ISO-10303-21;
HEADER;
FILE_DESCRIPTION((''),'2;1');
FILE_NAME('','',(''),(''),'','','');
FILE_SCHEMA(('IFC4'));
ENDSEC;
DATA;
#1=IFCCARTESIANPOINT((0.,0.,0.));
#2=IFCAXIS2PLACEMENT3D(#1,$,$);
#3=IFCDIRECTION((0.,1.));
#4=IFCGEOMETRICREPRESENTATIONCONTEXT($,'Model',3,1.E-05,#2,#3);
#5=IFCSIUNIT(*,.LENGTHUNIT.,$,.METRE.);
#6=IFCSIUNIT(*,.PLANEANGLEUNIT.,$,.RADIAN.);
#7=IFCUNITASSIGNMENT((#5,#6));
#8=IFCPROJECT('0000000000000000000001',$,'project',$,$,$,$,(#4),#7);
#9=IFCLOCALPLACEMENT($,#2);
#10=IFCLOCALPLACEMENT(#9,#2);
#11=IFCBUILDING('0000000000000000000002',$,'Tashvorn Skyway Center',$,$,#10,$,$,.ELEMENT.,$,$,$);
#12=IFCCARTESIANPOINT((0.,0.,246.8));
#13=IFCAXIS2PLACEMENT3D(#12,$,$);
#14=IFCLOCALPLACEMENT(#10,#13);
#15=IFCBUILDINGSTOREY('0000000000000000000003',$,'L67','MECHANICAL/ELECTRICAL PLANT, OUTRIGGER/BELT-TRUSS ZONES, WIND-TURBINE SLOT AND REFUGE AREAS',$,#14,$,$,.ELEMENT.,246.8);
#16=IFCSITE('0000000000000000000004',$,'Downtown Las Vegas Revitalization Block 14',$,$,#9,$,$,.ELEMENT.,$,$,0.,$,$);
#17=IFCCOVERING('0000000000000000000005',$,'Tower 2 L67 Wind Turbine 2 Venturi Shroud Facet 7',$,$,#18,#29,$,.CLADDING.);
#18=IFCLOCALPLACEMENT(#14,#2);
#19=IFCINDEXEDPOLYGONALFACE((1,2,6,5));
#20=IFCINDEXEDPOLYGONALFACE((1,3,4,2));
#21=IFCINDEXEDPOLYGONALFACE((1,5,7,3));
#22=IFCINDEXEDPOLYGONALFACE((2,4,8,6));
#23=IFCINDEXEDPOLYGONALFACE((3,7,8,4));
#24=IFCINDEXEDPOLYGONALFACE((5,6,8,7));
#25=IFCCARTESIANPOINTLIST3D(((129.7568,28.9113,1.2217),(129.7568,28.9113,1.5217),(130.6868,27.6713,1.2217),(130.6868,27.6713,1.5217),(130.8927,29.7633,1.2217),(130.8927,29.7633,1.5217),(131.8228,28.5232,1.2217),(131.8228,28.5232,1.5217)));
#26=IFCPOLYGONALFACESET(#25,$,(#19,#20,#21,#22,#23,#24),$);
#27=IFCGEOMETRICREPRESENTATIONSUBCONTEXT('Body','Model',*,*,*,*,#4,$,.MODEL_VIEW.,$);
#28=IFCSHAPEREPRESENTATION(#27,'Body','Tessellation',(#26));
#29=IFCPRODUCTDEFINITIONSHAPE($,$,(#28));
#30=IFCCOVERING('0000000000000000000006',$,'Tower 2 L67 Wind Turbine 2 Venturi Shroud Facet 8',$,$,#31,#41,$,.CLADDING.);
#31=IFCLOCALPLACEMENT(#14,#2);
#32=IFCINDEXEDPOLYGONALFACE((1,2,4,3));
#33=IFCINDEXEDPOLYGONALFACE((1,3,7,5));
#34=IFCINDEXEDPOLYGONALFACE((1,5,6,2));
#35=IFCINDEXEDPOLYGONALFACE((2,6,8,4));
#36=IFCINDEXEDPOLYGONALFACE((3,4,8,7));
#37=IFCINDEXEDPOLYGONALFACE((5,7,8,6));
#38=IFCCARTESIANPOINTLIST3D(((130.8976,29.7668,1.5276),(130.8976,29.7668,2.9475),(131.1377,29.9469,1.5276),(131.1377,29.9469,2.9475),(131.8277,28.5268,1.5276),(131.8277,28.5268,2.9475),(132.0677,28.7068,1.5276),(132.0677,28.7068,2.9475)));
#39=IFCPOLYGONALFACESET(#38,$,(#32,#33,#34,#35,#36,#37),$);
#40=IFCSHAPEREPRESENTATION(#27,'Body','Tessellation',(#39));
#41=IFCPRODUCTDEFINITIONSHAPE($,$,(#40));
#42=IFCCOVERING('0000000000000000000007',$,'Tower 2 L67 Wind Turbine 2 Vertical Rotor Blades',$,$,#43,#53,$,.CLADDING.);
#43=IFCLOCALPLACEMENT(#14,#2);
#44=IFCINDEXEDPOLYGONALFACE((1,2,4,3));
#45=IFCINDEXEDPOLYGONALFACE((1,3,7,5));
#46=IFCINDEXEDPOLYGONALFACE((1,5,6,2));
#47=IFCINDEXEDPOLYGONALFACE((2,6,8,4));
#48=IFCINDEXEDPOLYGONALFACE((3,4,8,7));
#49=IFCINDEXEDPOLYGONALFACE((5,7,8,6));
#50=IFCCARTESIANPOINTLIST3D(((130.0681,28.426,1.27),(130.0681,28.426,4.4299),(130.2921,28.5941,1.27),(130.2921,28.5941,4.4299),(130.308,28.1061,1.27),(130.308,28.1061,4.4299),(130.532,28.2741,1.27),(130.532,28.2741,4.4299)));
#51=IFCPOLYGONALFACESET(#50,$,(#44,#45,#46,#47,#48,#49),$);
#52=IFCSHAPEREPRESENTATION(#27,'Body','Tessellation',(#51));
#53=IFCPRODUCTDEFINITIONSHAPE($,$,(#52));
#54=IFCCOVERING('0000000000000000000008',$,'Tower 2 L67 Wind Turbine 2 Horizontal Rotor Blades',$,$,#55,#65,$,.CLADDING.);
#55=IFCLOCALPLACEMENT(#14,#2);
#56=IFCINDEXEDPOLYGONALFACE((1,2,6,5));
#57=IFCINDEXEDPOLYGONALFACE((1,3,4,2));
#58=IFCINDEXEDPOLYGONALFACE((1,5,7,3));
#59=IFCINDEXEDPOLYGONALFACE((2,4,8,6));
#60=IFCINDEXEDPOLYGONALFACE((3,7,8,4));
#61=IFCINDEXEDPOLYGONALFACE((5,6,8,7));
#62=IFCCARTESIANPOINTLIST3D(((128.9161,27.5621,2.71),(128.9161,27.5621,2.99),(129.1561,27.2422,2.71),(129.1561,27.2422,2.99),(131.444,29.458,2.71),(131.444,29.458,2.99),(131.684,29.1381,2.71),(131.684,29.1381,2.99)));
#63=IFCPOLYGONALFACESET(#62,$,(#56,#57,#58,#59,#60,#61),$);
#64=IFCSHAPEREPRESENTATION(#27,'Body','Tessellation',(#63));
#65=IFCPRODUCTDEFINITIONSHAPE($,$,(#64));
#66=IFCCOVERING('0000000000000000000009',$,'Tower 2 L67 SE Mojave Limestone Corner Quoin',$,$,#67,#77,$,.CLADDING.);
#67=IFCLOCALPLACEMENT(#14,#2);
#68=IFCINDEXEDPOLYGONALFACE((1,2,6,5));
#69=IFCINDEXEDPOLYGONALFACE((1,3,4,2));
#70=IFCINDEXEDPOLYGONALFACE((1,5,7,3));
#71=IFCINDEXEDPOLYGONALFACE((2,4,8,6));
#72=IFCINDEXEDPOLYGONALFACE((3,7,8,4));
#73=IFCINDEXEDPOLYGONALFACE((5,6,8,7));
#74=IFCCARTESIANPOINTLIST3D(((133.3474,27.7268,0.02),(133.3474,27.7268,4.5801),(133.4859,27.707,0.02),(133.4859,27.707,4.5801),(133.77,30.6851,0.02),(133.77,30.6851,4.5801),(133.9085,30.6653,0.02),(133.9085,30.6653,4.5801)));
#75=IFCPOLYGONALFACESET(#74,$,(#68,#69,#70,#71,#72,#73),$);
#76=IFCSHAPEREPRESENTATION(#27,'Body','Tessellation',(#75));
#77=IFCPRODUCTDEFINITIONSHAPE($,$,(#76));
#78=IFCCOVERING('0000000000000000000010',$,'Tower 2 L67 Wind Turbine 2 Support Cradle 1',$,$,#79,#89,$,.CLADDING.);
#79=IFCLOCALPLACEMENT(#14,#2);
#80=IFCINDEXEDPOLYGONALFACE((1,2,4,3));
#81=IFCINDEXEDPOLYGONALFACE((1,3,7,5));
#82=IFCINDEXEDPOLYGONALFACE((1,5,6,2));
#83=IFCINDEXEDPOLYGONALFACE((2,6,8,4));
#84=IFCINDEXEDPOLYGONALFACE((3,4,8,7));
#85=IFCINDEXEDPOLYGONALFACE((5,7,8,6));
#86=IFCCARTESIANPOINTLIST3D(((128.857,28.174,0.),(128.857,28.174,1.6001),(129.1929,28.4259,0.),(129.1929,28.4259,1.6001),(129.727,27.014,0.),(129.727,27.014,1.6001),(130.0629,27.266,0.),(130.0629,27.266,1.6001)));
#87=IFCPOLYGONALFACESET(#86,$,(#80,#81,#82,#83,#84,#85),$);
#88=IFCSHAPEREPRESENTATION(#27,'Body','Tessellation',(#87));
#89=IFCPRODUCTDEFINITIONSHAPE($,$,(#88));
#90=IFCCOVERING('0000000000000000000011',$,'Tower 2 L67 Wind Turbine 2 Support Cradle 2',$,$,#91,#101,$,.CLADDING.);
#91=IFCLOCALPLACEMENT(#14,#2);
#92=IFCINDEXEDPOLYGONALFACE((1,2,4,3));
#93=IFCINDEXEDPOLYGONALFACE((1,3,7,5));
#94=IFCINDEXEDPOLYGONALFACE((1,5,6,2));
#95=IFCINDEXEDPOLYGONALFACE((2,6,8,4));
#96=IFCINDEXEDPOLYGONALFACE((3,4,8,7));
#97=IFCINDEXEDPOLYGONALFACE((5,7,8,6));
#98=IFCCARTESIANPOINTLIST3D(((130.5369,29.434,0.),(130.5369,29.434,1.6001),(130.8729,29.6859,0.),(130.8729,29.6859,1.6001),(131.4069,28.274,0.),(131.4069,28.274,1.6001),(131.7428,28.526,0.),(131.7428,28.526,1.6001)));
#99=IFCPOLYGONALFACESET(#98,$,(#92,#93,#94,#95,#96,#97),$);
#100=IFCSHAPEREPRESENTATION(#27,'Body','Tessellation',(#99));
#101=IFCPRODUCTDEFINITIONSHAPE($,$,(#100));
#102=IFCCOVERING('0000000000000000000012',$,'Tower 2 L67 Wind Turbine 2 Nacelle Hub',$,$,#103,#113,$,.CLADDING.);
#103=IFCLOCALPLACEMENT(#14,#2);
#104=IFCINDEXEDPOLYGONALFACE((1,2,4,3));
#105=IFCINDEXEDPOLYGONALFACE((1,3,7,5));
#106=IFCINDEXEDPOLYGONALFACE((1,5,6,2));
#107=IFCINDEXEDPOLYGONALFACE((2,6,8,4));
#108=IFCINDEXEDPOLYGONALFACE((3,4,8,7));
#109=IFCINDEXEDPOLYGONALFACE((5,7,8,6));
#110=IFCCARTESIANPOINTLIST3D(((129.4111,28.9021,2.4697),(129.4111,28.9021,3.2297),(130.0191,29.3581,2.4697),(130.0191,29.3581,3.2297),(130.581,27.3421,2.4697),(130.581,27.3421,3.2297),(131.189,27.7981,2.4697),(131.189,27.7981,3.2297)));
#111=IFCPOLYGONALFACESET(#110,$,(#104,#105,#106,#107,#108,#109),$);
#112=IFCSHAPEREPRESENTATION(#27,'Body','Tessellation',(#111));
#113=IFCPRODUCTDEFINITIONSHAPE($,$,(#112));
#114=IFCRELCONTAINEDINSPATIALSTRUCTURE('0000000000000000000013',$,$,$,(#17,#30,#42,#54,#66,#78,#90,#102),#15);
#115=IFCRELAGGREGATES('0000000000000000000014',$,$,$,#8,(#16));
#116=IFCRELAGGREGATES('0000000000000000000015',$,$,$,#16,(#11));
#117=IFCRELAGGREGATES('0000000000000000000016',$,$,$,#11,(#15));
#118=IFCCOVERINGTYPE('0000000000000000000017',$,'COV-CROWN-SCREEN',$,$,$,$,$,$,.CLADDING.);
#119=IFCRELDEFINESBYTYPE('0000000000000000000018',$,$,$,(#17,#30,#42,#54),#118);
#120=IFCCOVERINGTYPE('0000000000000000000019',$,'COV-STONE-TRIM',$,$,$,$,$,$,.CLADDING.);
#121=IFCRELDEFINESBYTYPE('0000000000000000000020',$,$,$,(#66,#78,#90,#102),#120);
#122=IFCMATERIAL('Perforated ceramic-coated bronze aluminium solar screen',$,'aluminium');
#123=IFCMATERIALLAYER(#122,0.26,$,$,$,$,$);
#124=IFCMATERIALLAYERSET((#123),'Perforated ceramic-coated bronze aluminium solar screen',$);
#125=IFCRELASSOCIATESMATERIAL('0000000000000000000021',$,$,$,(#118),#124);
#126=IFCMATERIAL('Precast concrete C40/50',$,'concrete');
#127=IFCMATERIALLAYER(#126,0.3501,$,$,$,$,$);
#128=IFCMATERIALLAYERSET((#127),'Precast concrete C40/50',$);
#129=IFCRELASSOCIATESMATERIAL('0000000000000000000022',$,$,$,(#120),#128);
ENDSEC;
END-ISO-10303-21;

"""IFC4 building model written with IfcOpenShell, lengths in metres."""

from ifc_helpers import new_model, si_unit, direction, frame, origin, origin_2d, place, context, subcontext, project, spatial, rectangle, extrude, material, layer, layer_set, type_object, element, save


model = new_model("IFC4")

# Units and contexts
model_context = context("Model", 3, precision=1e-05, world=origin(), true_north=direction((0.0, 1.0)))
body_context = subcontext(model_context, "Body", "Model", "MODEL_VIEW")
ifc_project = project(units=[si_unit("LENGTHUNIT", "METRE"), si_unit("PLANEANGLEUNIT", "RADIAN")], contexts=[model_context])

# Site, building, storey
site_placement = place(None, origin())
site = spatial("IfcSite", under=ifc_project, at=site_placement, Name="Downtown Las Vegas Revitalization Block 14", CompositionType="ELEMENT", RefElevation=0.0)
building_placement = place(site_placement, origin())
building = spatial("IfcBuilding", under=site, at=building_placement, Name="Tashvorn Skyway Center", CompositionType="ELEMENT")
storey_placement = place(building_placement, frame((0.0, 0.0, 246.8)))
storey = spatial("IfcBuildingStorey", under=building, at=storey_placement, Name="L67", Description="MECHANICAL/ELECTRICAL PLANT, OUTRIGGER/BELT-TRUSS ZONES, WIND-TURBINE SLOT AND REFUGE AREAS", CompositionType="ELEMENT", Elevation=246.8)

# Shared definitions
ifc_material_1 = material(Name="Precast concrete C40/50", Category="concrete")

# Coverings
ifc_material_2 = material(Name="Perforated ceramic-coated bronze aluminium solar screen", Category="aluminium")
ifc_layer_1 = layer(ifc_material_2, 0.26)
ifc_layer_set_1 = layer_set([ifc_layer_1], Name="Perforated ceramic-coated bronze aluminium solar screen")
covering_type_1 = type_object("IfcCoveringType", Name="COV-CROWN-SCREEN", PredefinedType="CLADDING", material=ifc_layer_set_1)
for number, where, z_axis, x_axis, name in (
    (1, (130.7898, 28.7173, 1.2217), (0.0, 0.0, 1.0), (0.8, 0.6, 0.0), "Tower 2 L67 Wind Turbine 2 Venturi Shroud Facet 7"),
):
    element("IfcCovering", number, at=place(storey_placement, frame(where, z_axis=z_axis, x_axis=x_axis)), inside=storey, type_object=covering_type_1, Name=name, PredefinedType="CLADDING", context=body_context, shape_type="SweptSolid", body=[
        extrude(rectangle(XDim=1.4199, YDim=1.55, at=origin_2d()), origin(), (0.0, 0.0, 1.0), 0.3),
    ])
covering_1_placement = place(storey_placement, frame((131.4827, 29.2368, 1.5276), z_axis=(0.0, 0.0, 1.0), x_axis=(0.8, 0.6, 0.0)))
element("IfcCovering", 2, at=covering_1_placement, inside=storey, type_object=covering_type_1, Name="Tower 2 L67 Wind Turbine 2 Venturi Shroud Facet 8", PredefinedType="CLADDING", context=body_context, shape_type="SweptSolid", body=[
    extrude(rectangle(XDim=0.3, YDim=1.55, at=origin_2d()), origin(), (0.0, 0.0, 1.0), 1.4199),
])
covering_2_placement = place(storey_placement, frame((130.3, 28.3501, 1.27), z_axis=(0.0, 0.0, 1.0), x_axis=(0.8, 0.6, 0.0)))
element("IfcCovering", 3, at=covering_2_placement, inside=storey, type_object=covering_type_1, Name="Tower 2 L67 Wind Turbine 2 Vertical Rotor Blades", PredefinedType="CLADDING", context=body_context, shape_type="SweptSolid", body=[
    extrude(rectangle(XDim=0.28, YDim=0.3999, at=origin_2d()), origin(), (0.0, 0.0, 1.0), 3.1599),
])
covering_3_placement = place(storey_placement, frame((130.3, 28.3501, 2.71), z_axis=(0.0, 0.0, 1.0), x_axis=(0.8, 0.6, 0.0)))
element("IfcCovering", 4, at=covering_3_placement, inside=storey, type_object=covering_type_1, Name="Tower 2 L67 Wind Turbine 2 Horizontal Rotor Blades", PredefinedType="CLADDING", context=body_context, shape_type="SweptSolid", body=[
    extrude(rectangle(XDim=3.1599, YDim=0.3999, at=origin_2d()), origin(), (0.0, 0.0, 1.0), 0.28),
])
ifc_layer_2 = layer(ifc_material_1, 0.3501)
ifc_layer_set_2 = layer_set([ifc_layer_2], Name="Precast concrete C40/50")
covering_type_2 = type_object("IfcCoveringType", Name="COV-STONE-TRIM", PredefinedType="CLADDING", material=ifc_layer_set_2)
covering_4_placement = place(storey_placement, frame((133.6279, 29.196, 0.02), z_axis=(0.0, 0.0, 1.0), x_axis=(0.141421, 0.989949, 0.0)))
element("IfcCovering", 5, at=covering_4_placement, inside=storey, type_object=covering_type_2, Name="Tower 2 L67 SE Mojave Limestone Corner Quoin", PredefinedType="CLADDING", context=body_context, shape_type="SweptSolid", body=[
    extrude(rectangle(XDim=2.9883, YDim=0.1399, at=origin_2d()), origin(), (0.0, 0.0, 1.0), 4.5601),
])
for number, where, z_axis, x_axis, name in (
    (6, (129.46, 27.72, 0.0), (0.0, 0.0, 1.0), (0.8, 0.6, 0.0), "Tower 2 L67 Wind Turbine 2 Support Cradle 1"),
    (7, (131.1399, 28.98, 0.0), (0.0, 0.0, 1.0), (0.8, 0.6, 0.0), "Tower 2 L67 Wind Turbine 2 Support Cradle 2"),
):
    element("IfcCovering", number, at=place(storey_placement, frame(where, z_axis=z_axis, x_axis=x_axis)), inside=storey, type_object=covering_type_2, Name=name, PredefinedType="CLADDING", context=body_context, shape_type="SweptSolid", body=[
        extrude(rectangle(XDim=0.4199, YDim=1.45, at=origin_2d()), origin(), (0.0, 0.0, 1.0), 1.6001),
    ])
covering_5_placement = place(storey_placement, frame((130.3, 28.3501, 2.4697), z_axis=(0.0, 0.0, 1.0), x_axis=(0.8, 0.6, 0.0)))
element("IfcCovering", 8, at=covering_5_placement, inside=storey, type_object=covering_type_2, Name="Tower 2 L67 Wind Turbine 2 Nacelle Hub", PredefinedType="CLADDING", context=body_context, shape_type="SweptSolid", body=[
    extrude(rectangle(XDim=0.76, YDim=1.95, at=origin_2d()), origin(), (0.0, 0.0, 1.0), 0.76),
])

save(model, "model.ifc")
